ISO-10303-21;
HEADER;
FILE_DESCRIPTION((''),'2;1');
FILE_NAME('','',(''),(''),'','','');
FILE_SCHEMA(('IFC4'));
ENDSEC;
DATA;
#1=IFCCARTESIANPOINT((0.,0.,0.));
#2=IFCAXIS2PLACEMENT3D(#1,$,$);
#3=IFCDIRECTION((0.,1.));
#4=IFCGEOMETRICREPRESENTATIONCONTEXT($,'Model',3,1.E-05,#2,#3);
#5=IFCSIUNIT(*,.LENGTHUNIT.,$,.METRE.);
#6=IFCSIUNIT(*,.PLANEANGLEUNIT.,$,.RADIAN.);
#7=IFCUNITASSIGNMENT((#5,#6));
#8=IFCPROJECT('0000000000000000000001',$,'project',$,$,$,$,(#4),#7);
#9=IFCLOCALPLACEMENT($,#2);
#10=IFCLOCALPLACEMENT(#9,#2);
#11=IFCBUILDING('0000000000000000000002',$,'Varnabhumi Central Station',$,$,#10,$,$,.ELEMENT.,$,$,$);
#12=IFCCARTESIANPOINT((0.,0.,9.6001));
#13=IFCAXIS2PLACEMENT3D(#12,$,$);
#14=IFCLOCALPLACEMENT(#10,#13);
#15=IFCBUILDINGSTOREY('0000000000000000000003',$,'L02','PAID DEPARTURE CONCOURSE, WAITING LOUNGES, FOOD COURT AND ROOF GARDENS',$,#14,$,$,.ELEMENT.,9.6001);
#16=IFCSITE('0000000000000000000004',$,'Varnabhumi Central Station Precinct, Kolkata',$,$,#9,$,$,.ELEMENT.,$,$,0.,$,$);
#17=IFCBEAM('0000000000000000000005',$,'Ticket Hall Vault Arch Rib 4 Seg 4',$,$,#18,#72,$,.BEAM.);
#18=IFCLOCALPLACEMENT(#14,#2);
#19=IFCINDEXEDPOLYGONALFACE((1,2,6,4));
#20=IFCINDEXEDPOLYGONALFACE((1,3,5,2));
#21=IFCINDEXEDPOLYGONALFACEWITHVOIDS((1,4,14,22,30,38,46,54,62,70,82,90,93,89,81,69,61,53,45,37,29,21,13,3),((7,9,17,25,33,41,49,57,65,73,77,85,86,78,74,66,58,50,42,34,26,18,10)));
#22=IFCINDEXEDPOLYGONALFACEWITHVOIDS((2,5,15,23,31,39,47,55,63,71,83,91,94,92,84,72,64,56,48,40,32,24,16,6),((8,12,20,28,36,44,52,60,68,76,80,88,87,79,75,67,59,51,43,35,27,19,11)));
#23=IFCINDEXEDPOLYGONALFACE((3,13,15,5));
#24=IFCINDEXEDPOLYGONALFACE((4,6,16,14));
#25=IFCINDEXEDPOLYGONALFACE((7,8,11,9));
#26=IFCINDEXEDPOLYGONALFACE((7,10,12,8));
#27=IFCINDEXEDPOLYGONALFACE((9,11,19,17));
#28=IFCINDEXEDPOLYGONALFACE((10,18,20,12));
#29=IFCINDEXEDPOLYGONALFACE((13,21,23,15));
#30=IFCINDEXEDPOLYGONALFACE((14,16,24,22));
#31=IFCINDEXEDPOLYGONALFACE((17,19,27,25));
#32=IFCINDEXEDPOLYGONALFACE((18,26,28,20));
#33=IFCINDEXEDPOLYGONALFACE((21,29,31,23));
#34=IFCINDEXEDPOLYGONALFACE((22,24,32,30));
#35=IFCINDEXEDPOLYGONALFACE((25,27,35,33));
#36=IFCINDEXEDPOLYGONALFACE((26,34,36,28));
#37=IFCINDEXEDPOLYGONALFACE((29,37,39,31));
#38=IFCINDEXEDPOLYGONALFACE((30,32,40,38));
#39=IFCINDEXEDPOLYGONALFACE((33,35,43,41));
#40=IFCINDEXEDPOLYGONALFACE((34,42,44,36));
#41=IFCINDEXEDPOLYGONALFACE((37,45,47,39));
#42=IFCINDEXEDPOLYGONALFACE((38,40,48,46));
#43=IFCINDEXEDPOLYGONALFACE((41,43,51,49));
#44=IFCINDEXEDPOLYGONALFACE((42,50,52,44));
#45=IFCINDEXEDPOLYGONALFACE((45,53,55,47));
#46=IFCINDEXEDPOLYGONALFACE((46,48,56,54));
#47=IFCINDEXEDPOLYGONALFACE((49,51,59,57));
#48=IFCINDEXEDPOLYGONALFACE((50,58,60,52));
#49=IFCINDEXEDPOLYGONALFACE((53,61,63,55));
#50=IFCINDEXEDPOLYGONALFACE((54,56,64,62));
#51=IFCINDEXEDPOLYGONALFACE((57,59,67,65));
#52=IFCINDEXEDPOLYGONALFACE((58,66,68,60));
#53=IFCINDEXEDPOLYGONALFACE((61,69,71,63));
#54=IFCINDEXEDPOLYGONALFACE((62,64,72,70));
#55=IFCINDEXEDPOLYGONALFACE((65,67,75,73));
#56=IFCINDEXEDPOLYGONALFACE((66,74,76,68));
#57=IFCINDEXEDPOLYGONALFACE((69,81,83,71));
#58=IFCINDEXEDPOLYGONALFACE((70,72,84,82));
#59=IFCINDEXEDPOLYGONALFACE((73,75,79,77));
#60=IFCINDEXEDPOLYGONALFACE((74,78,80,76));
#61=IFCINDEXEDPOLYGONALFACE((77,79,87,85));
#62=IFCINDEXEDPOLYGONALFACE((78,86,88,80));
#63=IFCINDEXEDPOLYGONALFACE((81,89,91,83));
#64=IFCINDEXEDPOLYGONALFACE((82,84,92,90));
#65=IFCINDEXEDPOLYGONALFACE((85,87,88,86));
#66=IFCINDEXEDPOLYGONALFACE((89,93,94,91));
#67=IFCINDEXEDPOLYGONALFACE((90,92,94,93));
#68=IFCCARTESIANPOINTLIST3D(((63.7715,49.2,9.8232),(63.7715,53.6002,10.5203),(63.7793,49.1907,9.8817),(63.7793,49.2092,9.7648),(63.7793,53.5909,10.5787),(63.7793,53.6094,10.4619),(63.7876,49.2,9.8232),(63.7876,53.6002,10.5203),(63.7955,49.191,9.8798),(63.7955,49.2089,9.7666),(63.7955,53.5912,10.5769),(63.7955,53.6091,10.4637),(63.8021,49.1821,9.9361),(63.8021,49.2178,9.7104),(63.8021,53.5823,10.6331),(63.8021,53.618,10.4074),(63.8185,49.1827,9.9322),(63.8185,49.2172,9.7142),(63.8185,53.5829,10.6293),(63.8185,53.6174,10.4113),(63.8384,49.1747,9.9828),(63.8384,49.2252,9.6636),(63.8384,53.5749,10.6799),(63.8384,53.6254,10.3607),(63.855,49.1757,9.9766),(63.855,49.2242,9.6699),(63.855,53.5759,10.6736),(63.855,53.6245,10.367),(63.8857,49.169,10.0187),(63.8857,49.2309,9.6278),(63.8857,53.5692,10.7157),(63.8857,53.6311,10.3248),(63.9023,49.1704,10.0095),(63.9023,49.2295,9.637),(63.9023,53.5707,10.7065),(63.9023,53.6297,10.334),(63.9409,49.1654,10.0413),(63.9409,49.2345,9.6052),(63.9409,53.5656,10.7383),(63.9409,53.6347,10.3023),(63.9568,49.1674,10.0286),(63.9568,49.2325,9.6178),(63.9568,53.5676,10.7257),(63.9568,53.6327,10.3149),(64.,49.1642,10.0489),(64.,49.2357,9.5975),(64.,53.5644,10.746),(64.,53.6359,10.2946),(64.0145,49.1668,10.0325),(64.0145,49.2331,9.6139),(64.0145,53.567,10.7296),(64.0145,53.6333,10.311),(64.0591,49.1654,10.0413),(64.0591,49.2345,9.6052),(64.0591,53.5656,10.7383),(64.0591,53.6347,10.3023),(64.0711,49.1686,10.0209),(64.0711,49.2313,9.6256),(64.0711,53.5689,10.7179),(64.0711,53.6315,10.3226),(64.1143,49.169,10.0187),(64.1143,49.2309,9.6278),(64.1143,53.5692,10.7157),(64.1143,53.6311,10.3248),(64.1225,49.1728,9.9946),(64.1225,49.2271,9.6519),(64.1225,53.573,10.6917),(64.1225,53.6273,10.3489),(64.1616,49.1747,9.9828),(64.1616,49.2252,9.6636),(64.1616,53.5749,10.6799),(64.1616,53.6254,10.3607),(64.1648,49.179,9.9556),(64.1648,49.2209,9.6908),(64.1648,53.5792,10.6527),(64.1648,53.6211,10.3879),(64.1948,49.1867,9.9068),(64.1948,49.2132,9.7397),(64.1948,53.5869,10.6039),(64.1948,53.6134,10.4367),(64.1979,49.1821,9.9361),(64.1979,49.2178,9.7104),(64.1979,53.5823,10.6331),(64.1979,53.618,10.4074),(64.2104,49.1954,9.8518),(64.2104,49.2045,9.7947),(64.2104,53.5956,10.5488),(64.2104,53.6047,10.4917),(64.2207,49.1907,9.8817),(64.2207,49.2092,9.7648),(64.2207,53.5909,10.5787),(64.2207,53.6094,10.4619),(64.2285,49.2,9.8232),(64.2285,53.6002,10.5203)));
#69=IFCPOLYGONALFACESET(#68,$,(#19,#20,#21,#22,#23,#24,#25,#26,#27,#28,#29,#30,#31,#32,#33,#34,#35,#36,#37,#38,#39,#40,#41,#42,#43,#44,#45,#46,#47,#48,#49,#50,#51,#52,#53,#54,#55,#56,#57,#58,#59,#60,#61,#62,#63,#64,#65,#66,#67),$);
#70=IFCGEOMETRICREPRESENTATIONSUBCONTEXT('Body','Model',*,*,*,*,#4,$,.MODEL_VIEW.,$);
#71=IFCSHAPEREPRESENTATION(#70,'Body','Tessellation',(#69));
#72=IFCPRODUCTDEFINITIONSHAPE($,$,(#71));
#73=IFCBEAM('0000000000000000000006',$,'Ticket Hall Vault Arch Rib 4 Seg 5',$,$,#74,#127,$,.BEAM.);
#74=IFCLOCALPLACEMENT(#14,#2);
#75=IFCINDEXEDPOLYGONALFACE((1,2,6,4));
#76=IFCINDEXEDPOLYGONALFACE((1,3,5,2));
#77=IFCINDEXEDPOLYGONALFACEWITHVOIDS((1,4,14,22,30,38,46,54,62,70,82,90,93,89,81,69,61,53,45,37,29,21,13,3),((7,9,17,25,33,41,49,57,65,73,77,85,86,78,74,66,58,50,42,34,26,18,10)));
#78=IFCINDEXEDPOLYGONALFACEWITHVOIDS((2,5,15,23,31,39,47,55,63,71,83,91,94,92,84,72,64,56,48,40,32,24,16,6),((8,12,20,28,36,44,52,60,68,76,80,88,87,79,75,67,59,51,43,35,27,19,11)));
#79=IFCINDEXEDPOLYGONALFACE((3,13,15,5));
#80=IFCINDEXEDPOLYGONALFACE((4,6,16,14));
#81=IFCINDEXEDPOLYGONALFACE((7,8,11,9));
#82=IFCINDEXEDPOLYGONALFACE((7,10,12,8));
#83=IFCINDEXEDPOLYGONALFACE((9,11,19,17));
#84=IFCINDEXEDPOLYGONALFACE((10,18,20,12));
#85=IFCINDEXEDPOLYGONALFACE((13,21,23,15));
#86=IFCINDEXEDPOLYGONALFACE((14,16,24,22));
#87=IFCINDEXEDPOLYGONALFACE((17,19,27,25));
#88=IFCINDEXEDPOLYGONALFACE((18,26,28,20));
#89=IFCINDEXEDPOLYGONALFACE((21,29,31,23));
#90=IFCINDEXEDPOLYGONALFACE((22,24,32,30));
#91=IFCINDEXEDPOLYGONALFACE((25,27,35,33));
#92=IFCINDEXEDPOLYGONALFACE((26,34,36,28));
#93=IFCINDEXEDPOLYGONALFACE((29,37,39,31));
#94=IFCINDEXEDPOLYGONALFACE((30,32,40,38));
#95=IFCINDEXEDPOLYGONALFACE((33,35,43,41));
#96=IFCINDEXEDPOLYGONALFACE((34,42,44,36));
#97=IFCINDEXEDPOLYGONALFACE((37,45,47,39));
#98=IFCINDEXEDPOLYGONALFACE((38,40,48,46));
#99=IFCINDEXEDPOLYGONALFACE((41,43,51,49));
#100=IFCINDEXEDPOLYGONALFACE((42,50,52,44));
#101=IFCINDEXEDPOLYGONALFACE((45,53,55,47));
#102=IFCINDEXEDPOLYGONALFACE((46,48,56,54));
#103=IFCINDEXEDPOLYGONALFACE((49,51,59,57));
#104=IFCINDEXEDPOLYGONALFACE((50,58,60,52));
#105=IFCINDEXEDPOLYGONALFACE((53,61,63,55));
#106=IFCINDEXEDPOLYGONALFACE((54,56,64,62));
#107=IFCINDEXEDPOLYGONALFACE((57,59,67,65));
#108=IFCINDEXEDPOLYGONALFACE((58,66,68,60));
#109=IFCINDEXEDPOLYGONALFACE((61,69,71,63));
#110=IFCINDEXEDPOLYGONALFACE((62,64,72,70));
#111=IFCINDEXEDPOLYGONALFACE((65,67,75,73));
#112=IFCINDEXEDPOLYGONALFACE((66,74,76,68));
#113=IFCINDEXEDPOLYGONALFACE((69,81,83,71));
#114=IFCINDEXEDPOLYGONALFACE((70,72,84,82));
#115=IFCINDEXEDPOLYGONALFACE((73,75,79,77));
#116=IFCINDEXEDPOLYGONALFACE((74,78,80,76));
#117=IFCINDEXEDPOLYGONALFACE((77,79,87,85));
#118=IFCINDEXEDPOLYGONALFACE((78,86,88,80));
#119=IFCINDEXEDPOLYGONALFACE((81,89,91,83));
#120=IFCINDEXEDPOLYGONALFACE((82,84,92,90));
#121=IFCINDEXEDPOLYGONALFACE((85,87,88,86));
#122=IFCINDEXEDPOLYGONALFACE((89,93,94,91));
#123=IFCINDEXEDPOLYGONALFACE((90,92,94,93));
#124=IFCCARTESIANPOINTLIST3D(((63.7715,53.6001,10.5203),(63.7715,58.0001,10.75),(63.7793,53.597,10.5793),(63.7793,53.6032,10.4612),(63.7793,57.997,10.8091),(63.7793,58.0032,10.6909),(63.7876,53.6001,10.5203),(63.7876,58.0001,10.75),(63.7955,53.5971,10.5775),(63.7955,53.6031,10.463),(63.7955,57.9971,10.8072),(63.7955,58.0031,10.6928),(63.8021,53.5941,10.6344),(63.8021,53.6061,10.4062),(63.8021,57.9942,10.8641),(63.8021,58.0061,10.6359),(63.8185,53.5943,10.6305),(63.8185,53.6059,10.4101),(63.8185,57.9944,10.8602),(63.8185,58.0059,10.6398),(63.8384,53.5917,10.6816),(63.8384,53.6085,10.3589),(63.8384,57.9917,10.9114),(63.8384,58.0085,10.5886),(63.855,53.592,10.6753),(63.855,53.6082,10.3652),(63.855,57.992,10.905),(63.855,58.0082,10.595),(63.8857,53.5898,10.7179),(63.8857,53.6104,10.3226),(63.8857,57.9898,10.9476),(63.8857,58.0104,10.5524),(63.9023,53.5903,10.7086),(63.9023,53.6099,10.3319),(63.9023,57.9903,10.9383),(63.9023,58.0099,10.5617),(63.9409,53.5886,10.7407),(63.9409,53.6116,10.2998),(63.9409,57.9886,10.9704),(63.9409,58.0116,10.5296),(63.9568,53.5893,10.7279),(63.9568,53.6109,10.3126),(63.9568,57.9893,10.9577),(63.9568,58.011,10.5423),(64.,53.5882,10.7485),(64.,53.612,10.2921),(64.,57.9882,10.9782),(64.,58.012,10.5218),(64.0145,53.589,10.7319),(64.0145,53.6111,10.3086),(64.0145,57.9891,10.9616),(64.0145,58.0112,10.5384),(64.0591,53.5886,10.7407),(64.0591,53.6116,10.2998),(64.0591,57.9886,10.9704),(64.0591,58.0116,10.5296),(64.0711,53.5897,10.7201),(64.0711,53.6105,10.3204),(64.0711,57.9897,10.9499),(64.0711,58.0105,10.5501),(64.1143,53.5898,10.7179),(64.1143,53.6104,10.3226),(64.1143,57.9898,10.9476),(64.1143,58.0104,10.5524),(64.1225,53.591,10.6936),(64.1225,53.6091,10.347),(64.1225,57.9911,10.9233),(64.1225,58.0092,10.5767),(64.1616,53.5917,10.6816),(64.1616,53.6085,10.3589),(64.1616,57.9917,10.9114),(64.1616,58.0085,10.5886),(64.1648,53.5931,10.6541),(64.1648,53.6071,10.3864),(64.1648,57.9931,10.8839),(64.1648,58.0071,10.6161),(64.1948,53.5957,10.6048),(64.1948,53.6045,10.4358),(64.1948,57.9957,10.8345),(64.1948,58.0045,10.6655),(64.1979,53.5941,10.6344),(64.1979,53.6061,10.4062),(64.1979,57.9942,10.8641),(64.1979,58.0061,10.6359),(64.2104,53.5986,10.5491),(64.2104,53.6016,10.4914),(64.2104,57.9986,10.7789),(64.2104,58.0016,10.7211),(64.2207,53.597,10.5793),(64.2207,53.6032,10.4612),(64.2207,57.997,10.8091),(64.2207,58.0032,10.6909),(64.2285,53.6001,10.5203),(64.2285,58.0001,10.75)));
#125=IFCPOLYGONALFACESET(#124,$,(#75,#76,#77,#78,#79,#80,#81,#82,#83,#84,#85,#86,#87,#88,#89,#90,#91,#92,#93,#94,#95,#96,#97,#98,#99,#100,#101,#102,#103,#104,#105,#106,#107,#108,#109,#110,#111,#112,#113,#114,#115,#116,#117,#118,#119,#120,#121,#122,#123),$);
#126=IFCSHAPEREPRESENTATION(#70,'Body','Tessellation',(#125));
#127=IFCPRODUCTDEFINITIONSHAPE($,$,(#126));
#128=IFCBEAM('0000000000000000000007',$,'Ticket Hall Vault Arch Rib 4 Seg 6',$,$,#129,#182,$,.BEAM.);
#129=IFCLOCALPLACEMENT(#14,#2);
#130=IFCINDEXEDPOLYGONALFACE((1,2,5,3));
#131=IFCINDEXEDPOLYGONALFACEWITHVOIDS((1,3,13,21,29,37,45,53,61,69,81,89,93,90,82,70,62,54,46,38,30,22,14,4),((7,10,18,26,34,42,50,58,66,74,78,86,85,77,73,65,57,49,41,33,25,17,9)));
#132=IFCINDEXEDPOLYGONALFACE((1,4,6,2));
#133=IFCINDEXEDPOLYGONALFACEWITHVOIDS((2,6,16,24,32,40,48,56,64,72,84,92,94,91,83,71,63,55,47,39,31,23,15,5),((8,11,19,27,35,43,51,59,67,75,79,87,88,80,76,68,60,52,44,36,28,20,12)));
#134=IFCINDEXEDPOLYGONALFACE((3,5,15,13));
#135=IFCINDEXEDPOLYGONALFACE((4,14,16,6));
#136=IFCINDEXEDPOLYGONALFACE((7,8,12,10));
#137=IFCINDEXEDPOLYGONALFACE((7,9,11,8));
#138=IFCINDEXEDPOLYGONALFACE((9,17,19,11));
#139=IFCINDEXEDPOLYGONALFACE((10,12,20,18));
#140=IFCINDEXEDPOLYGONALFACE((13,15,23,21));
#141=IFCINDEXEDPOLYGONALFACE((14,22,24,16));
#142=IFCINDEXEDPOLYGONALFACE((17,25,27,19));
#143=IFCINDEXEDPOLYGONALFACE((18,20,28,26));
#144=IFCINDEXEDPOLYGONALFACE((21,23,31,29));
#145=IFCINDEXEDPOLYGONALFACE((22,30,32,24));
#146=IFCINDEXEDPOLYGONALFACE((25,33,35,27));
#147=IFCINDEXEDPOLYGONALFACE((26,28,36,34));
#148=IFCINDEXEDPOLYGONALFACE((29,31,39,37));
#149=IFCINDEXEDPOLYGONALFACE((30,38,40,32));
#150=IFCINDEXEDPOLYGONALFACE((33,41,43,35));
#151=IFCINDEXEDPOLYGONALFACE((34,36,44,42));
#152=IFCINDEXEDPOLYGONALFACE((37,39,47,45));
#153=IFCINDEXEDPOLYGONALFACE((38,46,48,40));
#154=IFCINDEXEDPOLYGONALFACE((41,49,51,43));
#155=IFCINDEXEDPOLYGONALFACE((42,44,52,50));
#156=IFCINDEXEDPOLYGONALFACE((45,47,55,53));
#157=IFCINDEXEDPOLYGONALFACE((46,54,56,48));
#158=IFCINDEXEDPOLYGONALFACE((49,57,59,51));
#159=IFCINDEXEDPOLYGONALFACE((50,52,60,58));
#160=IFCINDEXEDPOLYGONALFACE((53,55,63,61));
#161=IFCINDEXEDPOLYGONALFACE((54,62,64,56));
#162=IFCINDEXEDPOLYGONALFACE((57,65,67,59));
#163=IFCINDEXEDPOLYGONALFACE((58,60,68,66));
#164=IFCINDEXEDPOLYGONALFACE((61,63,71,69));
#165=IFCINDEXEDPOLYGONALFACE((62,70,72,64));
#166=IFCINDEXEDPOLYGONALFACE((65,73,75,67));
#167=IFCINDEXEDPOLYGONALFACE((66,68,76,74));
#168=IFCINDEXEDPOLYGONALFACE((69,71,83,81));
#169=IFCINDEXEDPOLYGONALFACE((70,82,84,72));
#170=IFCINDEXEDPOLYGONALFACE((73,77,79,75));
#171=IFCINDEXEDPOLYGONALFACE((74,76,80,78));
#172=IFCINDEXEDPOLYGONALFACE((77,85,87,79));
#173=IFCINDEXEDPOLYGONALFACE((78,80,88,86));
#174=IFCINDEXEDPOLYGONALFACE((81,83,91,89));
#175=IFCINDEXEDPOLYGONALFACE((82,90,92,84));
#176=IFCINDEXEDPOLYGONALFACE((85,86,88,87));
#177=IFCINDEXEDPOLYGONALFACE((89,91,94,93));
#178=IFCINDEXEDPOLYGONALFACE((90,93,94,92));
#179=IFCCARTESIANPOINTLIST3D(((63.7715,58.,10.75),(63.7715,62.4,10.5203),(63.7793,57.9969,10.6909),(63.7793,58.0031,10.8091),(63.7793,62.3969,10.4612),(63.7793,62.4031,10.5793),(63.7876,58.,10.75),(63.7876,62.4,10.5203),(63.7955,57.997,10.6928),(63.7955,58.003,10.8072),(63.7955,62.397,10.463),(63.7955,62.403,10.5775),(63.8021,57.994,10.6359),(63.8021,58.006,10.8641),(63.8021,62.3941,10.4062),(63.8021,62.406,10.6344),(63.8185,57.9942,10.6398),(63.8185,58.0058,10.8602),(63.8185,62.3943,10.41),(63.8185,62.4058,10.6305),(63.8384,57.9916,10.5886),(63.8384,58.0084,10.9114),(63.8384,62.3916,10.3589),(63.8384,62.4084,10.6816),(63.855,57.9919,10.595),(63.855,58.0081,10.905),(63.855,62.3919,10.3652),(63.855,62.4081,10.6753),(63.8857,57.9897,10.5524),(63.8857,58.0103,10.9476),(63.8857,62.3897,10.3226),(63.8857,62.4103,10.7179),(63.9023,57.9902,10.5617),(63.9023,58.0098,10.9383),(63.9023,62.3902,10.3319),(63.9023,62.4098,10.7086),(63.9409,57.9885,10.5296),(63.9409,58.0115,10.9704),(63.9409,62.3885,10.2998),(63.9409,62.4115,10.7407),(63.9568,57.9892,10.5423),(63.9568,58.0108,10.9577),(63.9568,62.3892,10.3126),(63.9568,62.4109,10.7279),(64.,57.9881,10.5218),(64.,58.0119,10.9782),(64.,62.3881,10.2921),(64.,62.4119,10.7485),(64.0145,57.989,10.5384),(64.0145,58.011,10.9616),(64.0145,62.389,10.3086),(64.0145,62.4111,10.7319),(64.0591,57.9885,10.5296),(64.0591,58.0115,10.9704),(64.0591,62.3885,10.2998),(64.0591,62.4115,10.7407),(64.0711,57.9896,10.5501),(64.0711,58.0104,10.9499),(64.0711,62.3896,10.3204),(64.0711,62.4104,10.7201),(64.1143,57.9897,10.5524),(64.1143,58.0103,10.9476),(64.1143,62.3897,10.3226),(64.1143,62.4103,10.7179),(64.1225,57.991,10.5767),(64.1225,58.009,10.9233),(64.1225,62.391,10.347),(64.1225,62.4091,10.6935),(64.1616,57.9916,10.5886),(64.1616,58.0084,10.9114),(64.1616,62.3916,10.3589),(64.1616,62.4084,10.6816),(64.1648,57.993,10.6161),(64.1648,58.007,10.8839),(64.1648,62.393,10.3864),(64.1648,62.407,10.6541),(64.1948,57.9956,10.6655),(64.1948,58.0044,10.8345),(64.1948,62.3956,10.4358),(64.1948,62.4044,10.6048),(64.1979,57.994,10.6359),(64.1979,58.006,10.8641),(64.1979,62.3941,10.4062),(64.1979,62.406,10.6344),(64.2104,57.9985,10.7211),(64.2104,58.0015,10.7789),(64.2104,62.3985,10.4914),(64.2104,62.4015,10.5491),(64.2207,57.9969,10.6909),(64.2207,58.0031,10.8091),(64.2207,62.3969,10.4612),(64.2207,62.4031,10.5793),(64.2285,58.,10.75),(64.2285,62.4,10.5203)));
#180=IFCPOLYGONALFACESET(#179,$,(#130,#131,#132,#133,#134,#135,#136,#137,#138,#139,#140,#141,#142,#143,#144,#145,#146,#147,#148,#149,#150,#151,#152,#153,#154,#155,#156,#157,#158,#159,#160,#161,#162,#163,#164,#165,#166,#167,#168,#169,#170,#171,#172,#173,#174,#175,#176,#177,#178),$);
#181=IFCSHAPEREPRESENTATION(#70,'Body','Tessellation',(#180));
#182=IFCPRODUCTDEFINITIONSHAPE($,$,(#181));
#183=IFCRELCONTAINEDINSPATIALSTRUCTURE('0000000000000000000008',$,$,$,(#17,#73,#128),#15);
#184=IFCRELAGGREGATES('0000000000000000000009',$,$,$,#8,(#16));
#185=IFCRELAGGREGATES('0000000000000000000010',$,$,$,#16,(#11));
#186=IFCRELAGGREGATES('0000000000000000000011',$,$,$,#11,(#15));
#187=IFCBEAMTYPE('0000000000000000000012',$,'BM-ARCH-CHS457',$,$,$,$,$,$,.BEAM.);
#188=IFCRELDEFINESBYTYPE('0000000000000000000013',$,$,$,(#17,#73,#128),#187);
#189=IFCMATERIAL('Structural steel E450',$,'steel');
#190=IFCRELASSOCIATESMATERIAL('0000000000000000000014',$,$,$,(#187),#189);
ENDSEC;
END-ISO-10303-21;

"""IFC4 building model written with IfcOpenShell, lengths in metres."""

from ifc_helpers import new_model, si_unit, direction, frame, origin, origin_2d, place, context, subcontext, project, spatial, hollow_circle, extrude, material, material_profile, profile_set, type_object, element, save


model = new_model("IFC4")

# Units and contexts
model_context = context("Model", 3, precision=1e-05, world=origin(), true_north=direction((0.0, 1.0)))
body_context = subcontext(model_context, "Body", "Model", "MODEL_VIEW")
ifc_project = project(units=[si_unit("LENGTHUNIT", "METRE"), si_unit("PLANEANGLEUNIT", "RADIAN")], contexts=[model_context])

# Site, building, storey
site_placement = place(None, origin())
site = spatial("IfcSite", under=ifc_project, at=site_placement, Name="Varnabhumi Central Station Precinct, Kolkata", CompositionType="ELEMENT", RefElevation=0.0)
building_placement = place(site_placement, origin())
building = spatial("IfcBuilding", under=site, at=building_placement, Name="Varnabhumi Central Station", CompositionType="ELEMENT")
storey_placement = place(building_placement, frame((0.0, 0.0, 9.6001)))
storey = spatial("IfcBuildingStorey", under=building, at=storey_placement, Name="L02", Description="PAID DEPARTURE CONCOURSE, WAITING LOUNGES, FOOD COURT AND ROOF GARDENS", CompositionType="ELEMENT", Elevation=9.6001)

# Beams
ifc_material_1 = material(Name="Structural steel E450", Category="steel")
ifc_material_profile_1 = material_profile(ifc_material_1, hollow_circle(Radius=0.2285, WallThickness=0.0161, at=origin_2d()), Name="Structural steel E450", Category="steel")
ifc_profile_set_1 = profile_set([ifc_material_profile_1], Name="Structural steel E450")
beam_type_1 = type_object("IfcBeamType", Name="BM-ARCH-CHS457", PredefinedType="BEAM", material=ifc_profile_set_1)
beam_1_placement = place(storey_placement, frame((64.0, 49.2, 9.8232), z_axis=(0.0, 0.987685, 0.156458), x_axis=(-1.0, 0.0, 0.0)))
element("IfcBeam", 1, at=beam_1_placement, inside=storey, type_object=beam_type_1, Name="Ticket Hall Vault Arch Rib 4 Seg 4", PredefinedType="BEAM", context=body_context, shape_type="SweptSolid", body=[
    extrude(hollow_circle(Radius=0.2285, WallThickness=0.0161, at=origin_2d()), origin(), (0.0, 0.0, 1.0), 4.4551),
])
for number, where, z_axis, x_axis, name in (
    (2, (64.0, 53.6001, 10.5203), (0.0, 0.99864, 0.052143), (-1.0, 0.0, 0.0), "Ticket Hall Vault Arch Rib 4 Seg 5"),
    (3, (64.0, 58.0, 10.75), (0.0, 0.99864, -0.052143), (-1.0, 0.0, 0.0), "Ticket Hall Vault Arch Rib 4 Seg 6"),
):
    element("IfcBeam", number, at=place(storey_placement, frame(where, z_axis=z_axis, x_axis=x_axis)), inside=storey, type_object=beam_type_1, Name=name, PredefinedType="BEAM", context=body_context, shape_type="SweptSolid", body=[
        extrude(hollow_circle(Radius=0.2285, WallThickness=0.0161, at=origin_2d()), origin(), (0.0, 0.0, 1.0), 4.406),
    ])

save(model, "model.ifc")
